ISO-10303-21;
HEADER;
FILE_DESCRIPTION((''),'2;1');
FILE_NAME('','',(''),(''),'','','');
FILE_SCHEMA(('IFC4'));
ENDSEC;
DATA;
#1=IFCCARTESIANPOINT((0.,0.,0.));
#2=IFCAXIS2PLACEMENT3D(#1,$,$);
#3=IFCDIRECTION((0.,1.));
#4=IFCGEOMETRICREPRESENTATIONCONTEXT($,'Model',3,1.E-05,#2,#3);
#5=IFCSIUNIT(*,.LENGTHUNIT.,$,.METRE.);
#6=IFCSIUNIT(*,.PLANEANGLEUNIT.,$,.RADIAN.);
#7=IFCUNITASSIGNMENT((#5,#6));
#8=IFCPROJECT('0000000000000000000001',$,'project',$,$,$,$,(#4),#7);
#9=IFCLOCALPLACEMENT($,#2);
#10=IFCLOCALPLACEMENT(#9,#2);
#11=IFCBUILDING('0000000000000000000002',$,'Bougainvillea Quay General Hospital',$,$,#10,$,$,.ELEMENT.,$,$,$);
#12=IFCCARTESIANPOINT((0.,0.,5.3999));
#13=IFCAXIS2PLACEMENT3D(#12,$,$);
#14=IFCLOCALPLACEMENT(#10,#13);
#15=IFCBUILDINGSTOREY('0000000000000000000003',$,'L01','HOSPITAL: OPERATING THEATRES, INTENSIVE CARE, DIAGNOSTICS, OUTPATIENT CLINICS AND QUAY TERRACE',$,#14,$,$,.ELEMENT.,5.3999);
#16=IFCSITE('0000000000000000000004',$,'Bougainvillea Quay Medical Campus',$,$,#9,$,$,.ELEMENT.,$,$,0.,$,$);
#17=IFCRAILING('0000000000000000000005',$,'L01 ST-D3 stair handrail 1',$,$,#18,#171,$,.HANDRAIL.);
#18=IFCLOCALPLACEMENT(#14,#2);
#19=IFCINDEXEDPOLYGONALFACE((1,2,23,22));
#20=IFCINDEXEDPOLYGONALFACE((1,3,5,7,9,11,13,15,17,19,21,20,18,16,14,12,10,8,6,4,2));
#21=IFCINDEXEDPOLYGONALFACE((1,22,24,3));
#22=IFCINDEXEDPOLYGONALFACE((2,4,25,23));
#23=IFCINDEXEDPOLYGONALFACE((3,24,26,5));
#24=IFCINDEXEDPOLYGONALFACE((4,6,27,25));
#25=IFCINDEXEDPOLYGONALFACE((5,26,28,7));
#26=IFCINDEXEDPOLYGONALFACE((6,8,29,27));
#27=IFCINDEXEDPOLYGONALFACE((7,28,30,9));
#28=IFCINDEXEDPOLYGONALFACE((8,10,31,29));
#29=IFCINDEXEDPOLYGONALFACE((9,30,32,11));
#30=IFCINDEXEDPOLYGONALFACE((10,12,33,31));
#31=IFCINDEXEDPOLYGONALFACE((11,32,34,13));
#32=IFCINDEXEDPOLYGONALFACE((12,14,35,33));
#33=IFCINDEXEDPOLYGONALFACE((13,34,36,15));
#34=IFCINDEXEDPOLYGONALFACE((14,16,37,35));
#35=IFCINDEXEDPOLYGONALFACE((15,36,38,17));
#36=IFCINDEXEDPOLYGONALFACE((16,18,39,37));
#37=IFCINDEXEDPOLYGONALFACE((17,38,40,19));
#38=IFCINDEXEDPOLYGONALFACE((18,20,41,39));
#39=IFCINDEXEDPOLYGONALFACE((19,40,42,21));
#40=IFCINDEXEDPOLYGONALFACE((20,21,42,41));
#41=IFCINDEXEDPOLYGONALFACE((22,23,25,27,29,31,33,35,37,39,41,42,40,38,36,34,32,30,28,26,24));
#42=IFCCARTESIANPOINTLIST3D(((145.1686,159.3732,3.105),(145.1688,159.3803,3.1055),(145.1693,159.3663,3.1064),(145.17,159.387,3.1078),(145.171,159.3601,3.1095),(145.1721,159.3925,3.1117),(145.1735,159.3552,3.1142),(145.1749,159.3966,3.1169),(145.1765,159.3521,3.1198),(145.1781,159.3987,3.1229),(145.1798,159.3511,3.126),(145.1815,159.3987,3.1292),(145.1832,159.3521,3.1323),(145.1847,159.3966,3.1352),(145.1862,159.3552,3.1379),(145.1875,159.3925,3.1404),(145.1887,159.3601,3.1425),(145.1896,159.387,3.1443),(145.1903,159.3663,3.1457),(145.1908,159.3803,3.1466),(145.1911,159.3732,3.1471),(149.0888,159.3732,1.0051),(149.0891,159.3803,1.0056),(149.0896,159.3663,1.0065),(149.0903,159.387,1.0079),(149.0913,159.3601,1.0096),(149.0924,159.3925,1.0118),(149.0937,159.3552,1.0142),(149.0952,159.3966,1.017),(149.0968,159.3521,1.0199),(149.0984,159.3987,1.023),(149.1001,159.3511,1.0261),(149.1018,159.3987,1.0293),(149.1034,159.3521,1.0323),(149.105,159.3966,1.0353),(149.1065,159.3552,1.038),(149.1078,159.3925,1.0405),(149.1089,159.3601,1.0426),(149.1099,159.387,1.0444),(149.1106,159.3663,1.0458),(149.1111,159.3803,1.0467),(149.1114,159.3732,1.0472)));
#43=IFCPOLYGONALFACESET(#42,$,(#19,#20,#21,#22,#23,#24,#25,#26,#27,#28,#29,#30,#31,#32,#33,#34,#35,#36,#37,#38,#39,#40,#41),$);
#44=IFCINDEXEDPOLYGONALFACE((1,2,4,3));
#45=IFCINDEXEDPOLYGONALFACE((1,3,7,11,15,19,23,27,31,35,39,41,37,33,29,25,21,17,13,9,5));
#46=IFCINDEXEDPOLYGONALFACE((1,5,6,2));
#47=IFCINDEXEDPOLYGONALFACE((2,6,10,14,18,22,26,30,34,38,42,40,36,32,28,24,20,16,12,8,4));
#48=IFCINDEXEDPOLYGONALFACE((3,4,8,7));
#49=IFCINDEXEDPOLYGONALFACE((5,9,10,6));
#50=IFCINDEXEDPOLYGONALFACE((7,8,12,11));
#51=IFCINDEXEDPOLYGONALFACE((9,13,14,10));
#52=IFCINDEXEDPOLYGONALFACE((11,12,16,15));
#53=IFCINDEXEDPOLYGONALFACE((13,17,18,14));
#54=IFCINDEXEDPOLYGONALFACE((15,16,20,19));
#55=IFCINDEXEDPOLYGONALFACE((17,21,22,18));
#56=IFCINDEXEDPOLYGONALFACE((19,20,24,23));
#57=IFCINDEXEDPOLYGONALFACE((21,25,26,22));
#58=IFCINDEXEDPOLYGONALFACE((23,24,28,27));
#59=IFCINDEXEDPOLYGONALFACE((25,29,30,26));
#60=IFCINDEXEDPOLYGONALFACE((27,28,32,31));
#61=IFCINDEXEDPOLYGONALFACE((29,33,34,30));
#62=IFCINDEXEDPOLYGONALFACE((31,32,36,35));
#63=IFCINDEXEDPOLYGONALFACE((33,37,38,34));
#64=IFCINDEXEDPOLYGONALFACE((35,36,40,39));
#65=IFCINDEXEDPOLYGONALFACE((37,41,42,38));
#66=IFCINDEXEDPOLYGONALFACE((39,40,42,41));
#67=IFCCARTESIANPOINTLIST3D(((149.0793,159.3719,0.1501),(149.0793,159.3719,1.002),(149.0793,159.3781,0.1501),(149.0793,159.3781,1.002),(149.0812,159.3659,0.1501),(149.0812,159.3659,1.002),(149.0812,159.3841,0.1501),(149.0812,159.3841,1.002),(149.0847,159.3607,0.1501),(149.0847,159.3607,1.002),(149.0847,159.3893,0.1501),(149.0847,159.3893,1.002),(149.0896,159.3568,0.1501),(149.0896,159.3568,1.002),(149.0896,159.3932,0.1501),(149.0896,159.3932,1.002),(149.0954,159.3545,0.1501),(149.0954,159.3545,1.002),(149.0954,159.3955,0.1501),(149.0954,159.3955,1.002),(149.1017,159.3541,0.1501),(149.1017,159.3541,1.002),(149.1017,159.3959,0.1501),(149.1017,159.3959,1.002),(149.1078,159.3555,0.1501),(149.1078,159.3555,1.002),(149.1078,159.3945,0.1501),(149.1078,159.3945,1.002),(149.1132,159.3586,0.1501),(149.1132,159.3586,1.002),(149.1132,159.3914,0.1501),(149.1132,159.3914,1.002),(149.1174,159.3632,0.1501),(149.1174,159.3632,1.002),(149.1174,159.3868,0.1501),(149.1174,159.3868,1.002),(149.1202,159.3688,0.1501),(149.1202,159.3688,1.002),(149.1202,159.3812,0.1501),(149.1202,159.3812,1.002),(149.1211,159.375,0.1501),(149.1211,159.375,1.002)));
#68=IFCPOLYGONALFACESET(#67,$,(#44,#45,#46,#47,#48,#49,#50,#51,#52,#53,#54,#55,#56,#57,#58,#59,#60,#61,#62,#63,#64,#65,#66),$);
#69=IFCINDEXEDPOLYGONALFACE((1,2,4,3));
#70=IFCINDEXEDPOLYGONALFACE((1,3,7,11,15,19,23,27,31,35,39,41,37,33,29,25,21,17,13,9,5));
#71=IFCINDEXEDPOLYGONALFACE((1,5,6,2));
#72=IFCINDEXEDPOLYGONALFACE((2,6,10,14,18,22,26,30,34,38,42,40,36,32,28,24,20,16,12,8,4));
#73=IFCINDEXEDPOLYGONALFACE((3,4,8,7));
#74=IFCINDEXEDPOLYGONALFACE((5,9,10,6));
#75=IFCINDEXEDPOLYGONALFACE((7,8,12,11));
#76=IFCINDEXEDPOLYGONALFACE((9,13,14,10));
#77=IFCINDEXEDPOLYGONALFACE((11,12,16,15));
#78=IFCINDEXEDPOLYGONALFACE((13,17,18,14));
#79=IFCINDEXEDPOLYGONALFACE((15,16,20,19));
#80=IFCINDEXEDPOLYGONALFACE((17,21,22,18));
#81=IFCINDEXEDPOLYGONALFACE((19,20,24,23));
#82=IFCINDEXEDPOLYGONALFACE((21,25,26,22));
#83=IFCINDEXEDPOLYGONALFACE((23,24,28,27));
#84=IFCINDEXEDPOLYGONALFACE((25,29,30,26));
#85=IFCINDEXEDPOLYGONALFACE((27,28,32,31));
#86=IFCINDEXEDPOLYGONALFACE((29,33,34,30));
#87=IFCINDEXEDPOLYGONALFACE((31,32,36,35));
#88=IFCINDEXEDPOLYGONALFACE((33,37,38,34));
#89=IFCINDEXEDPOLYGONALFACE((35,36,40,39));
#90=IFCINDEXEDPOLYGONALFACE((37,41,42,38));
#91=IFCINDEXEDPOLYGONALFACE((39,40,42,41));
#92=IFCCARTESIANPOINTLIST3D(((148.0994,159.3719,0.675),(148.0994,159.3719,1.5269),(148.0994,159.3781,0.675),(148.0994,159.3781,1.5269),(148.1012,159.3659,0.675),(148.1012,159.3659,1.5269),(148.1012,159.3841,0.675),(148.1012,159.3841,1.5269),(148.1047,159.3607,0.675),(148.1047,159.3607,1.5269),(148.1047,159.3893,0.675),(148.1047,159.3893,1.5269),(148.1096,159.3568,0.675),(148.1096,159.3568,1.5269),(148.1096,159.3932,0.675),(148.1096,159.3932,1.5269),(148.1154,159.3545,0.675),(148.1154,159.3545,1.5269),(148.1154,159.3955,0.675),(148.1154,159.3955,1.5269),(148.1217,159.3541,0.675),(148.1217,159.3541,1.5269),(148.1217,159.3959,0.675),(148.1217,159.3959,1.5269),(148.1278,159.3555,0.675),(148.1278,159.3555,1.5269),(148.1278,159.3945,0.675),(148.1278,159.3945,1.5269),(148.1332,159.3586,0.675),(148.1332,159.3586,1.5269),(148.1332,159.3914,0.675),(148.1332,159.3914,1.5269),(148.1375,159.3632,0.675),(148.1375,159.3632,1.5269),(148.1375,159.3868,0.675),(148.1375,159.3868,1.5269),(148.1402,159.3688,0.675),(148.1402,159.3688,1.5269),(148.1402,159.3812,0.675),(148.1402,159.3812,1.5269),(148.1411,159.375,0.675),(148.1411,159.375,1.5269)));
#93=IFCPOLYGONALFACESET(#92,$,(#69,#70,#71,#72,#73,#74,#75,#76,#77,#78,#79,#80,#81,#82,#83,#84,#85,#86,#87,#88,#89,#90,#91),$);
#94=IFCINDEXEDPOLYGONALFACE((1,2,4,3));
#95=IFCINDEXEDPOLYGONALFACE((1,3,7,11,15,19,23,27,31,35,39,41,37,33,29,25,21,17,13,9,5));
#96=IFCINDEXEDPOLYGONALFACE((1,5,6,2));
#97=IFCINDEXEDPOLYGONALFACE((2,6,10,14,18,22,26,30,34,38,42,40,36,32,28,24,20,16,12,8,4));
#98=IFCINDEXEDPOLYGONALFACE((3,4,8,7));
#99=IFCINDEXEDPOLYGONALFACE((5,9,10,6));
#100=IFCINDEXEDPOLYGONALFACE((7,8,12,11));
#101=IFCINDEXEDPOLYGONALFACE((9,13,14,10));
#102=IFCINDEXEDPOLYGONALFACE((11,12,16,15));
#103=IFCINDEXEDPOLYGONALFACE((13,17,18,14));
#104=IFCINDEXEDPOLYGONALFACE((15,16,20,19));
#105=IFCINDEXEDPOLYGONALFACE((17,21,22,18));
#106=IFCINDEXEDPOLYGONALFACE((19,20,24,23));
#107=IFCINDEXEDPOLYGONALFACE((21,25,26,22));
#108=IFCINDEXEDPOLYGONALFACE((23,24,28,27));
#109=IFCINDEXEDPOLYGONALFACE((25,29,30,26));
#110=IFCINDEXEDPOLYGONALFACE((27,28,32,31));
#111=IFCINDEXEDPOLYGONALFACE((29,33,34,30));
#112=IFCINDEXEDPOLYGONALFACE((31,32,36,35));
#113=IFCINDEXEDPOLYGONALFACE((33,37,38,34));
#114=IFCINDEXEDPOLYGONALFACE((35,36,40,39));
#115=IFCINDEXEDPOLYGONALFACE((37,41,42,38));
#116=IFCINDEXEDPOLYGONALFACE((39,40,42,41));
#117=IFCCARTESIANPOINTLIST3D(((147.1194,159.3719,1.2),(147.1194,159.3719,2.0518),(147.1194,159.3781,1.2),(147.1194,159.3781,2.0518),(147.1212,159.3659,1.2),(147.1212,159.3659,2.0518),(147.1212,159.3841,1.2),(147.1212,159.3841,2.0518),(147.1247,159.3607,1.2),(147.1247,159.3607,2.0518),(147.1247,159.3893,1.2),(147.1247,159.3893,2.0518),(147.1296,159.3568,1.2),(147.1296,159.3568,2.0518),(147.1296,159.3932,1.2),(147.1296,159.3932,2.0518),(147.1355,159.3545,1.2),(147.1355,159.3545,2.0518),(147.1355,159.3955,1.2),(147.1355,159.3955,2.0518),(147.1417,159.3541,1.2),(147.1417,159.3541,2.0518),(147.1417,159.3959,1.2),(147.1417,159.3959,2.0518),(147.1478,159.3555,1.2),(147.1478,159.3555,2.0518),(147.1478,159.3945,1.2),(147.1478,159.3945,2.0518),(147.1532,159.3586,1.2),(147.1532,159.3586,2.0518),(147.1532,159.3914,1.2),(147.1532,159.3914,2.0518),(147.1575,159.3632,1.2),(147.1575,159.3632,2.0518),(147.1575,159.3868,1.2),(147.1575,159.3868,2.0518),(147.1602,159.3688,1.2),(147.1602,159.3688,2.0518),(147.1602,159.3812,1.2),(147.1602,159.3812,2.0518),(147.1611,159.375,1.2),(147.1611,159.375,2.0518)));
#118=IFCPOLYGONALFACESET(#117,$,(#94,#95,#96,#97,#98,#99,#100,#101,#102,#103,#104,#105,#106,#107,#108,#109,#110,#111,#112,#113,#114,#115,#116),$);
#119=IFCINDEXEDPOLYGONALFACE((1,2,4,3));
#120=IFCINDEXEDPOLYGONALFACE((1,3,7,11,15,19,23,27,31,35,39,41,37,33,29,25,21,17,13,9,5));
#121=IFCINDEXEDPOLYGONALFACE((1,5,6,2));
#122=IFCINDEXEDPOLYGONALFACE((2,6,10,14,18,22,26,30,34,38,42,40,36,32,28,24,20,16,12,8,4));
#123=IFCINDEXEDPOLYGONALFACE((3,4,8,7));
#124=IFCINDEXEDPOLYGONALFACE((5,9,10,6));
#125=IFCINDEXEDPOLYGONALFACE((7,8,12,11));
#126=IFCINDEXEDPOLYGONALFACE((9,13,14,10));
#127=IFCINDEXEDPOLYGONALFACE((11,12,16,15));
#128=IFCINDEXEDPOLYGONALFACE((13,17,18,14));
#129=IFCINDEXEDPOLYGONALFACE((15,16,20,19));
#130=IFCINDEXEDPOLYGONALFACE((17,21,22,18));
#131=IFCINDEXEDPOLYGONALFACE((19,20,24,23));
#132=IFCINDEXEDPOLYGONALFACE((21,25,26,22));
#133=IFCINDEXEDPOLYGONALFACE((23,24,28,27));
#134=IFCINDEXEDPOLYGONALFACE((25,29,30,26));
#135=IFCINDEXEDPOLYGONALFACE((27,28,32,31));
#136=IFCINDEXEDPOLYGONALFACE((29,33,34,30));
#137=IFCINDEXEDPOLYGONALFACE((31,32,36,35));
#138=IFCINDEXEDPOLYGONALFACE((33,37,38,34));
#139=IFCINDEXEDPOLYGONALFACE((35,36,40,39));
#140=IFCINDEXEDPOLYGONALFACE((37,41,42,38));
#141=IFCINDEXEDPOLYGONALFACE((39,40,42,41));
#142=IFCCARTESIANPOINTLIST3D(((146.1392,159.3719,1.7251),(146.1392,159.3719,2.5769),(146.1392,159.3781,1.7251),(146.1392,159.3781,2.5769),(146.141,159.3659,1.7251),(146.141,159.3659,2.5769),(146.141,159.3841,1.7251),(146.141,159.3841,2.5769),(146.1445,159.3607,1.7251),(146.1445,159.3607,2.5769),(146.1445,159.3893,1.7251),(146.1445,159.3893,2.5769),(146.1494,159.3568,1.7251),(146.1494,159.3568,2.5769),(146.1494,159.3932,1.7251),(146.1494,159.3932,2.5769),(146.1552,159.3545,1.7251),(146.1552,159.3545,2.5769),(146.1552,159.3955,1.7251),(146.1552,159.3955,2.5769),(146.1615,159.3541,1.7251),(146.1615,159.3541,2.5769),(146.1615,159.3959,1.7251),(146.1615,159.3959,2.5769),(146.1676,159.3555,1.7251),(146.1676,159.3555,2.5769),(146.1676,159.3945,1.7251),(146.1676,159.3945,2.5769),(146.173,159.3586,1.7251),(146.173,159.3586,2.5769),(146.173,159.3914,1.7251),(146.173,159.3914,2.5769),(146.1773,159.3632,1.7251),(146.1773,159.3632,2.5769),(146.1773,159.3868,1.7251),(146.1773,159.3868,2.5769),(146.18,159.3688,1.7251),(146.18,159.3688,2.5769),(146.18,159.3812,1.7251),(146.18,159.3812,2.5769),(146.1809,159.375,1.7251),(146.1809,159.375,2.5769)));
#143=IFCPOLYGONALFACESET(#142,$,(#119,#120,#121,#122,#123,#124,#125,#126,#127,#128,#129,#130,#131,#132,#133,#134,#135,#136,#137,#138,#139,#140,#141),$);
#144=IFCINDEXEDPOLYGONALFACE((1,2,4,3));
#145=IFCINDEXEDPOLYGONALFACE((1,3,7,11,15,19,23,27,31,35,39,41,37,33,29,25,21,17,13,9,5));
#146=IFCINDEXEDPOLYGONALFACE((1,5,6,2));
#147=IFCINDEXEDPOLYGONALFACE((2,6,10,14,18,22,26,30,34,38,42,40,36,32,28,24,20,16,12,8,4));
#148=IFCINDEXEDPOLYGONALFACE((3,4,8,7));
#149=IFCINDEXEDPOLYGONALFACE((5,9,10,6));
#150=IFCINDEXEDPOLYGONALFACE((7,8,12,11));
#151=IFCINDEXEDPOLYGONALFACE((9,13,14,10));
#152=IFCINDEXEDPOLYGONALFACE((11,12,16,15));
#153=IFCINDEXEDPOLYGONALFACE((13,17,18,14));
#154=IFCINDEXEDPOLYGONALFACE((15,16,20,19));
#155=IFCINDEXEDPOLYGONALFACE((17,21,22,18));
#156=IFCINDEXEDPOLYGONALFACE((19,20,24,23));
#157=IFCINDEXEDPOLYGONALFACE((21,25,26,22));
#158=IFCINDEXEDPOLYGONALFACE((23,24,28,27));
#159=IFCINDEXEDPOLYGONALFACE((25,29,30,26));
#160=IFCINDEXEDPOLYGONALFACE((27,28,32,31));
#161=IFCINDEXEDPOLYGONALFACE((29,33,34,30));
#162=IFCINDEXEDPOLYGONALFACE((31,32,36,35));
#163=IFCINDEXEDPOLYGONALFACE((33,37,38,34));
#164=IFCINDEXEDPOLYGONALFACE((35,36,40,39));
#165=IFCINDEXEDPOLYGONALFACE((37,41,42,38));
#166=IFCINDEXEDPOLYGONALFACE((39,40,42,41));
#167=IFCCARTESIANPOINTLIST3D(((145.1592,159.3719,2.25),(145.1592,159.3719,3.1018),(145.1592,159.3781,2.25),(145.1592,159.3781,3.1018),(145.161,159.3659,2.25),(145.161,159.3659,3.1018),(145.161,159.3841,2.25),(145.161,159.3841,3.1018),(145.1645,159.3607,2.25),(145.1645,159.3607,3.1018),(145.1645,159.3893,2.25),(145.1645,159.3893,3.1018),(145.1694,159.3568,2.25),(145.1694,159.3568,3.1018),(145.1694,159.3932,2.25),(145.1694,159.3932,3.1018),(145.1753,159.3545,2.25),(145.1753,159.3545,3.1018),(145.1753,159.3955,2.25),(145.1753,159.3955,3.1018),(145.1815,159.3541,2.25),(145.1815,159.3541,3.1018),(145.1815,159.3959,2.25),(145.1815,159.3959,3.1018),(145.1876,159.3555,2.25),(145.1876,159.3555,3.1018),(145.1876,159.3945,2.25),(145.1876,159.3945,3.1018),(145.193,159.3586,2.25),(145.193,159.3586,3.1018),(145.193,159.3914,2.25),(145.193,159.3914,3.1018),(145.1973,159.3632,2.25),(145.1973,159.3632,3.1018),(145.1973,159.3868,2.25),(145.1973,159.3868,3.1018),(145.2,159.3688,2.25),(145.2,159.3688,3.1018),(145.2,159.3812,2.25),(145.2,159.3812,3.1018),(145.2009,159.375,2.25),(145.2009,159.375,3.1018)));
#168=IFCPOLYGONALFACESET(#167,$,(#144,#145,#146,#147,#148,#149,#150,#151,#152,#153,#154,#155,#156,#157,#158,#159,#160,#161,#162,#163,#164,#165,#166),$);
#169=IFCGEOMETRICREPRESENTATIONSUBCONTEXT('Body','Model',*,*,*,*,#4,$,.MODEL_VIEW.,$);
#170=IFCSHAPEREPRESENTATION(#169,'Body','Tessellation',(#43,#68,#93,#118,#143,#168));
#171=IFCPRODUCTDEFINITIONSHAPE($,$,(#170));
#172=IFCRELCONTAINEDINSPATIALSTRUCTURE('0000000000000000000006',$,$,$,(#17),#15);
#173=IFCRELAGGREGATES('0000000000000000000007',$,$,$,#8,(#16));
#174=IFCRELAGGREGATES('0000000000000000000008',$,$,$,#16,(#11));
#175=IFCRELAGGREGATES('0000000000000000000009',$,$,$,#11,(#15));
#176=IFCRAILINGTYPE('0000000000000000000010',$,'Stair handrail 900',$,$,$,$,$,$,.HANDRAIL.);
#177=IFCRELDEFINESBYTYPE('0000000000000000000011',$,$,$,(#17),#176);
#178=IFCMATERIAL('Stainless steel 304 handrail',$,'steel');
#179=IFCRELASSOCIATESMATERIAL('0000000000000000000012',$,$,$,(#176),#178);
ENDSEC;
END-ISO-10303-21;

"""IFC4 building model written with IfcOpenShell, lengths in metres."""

from ifc_helpers import new_model, si_unit, direction, frame, origin, origin_2d, place, context, subcontext, project, spatial, circle, extrude, material, type_object, element, save


model = new_model("IFC4")

# Units and contexts
model_context = context("Model", 3, precision=1e-05, world=origin(), true_north=direction((0.0, 1.0)))
body_context = subcontext(model_context, "Body", "Model", "MODEL_VIEW")
ifc_project = project(units=[si_unit("LENGTHUNIT", "METRE"), si_unit("PLANEANGLEUNIT", "RADIAN")], contexts=[model_context])

# Site, building, storey
site_placement = place(None, origin())
site = spatial("IfcSite", under=ifc_project, at=site_placement, Name="Bougainvillea Quay Medical Campus", CompositionType="ELEMENT", RefElevation=0.0)
building_placement = place(site_placement, origin())
building = spatial("IfcBuilding", under=site, at=building_placement, Name="Bougainvillea Quay General Hospital", CompositionType="ELEMENT")
storey_placement = place(building_placement, frame((0.0, 0.0, 5.3999)))
storey = spatial("IfcBuildingStorey", under=building, at=storey_placement, Name="L01", Description="HOSPITAL: OPERATING THEATRES, INTENSIVE CARE, DIAGNOSTICS, OUTPATIENT CLINICS AND QUAY TERRACE", CompositionType="ELEMENT", Elevation=5.3999)

# Railing
ifc_material_1 = material(Name="Stainless steel 304 handrail", Category="steel")
railing_type_1 = type_object("IfcRailingType", Name="Stair handrail 900", PredefinedType="HANDRAIL", material=ifc_material_1)
railing_1_placement = place(storey_placement, frame((149.1001, 159.375, 0.1501)))
element("IfcRailing", 1, at=railing_1_placement, inside=storey, type_object=railing_type_1, Name="L01 ST-D3 stair handrail 1", PredefinedType="HANDRAIL", context=body_context, shape_type="SweptSolid", body=[
    extrude(circle(Radius=0.0239, at=origin_2d()), frame((0.0, 0.0, 0.876), z_axis=(-0.881502, 0.0, 0.47218), x_axis=(0.0, -1.0, 0.0)), (0.0, 0.0, 1.0), 4.4473),
    extrude(circle(Radius=0.021, at=origin_2d()), origin(), (0.0, 0.0, 1.0), 0.8518),
    extrude(circle(Radius=0.021, at=origin_2d()), frame((-0.98, 0.0, 0.5249)), (0.0, 0.0, 1.0), 0.8518),
    extrude(circle(Radius=0.021, at=origin_2d()), frame((-1.96, 0.0, 1.0498)), (0.0, 0.0, 1.0), 0.8518),
    extrude(circle(Radius=0.021, at=origin_2d()), frame((-2.9402, 0.0, 1.575)), (0.0, 0.0, 1.0), 0.8518),
    extrude(circle(Radius=0.021, at=origin_2d()), frame((-3.9202, 0.0, 2.0999)), (0.0, 0.0, 1.0), 0.8518),
])

save(model, "model.ifc")
